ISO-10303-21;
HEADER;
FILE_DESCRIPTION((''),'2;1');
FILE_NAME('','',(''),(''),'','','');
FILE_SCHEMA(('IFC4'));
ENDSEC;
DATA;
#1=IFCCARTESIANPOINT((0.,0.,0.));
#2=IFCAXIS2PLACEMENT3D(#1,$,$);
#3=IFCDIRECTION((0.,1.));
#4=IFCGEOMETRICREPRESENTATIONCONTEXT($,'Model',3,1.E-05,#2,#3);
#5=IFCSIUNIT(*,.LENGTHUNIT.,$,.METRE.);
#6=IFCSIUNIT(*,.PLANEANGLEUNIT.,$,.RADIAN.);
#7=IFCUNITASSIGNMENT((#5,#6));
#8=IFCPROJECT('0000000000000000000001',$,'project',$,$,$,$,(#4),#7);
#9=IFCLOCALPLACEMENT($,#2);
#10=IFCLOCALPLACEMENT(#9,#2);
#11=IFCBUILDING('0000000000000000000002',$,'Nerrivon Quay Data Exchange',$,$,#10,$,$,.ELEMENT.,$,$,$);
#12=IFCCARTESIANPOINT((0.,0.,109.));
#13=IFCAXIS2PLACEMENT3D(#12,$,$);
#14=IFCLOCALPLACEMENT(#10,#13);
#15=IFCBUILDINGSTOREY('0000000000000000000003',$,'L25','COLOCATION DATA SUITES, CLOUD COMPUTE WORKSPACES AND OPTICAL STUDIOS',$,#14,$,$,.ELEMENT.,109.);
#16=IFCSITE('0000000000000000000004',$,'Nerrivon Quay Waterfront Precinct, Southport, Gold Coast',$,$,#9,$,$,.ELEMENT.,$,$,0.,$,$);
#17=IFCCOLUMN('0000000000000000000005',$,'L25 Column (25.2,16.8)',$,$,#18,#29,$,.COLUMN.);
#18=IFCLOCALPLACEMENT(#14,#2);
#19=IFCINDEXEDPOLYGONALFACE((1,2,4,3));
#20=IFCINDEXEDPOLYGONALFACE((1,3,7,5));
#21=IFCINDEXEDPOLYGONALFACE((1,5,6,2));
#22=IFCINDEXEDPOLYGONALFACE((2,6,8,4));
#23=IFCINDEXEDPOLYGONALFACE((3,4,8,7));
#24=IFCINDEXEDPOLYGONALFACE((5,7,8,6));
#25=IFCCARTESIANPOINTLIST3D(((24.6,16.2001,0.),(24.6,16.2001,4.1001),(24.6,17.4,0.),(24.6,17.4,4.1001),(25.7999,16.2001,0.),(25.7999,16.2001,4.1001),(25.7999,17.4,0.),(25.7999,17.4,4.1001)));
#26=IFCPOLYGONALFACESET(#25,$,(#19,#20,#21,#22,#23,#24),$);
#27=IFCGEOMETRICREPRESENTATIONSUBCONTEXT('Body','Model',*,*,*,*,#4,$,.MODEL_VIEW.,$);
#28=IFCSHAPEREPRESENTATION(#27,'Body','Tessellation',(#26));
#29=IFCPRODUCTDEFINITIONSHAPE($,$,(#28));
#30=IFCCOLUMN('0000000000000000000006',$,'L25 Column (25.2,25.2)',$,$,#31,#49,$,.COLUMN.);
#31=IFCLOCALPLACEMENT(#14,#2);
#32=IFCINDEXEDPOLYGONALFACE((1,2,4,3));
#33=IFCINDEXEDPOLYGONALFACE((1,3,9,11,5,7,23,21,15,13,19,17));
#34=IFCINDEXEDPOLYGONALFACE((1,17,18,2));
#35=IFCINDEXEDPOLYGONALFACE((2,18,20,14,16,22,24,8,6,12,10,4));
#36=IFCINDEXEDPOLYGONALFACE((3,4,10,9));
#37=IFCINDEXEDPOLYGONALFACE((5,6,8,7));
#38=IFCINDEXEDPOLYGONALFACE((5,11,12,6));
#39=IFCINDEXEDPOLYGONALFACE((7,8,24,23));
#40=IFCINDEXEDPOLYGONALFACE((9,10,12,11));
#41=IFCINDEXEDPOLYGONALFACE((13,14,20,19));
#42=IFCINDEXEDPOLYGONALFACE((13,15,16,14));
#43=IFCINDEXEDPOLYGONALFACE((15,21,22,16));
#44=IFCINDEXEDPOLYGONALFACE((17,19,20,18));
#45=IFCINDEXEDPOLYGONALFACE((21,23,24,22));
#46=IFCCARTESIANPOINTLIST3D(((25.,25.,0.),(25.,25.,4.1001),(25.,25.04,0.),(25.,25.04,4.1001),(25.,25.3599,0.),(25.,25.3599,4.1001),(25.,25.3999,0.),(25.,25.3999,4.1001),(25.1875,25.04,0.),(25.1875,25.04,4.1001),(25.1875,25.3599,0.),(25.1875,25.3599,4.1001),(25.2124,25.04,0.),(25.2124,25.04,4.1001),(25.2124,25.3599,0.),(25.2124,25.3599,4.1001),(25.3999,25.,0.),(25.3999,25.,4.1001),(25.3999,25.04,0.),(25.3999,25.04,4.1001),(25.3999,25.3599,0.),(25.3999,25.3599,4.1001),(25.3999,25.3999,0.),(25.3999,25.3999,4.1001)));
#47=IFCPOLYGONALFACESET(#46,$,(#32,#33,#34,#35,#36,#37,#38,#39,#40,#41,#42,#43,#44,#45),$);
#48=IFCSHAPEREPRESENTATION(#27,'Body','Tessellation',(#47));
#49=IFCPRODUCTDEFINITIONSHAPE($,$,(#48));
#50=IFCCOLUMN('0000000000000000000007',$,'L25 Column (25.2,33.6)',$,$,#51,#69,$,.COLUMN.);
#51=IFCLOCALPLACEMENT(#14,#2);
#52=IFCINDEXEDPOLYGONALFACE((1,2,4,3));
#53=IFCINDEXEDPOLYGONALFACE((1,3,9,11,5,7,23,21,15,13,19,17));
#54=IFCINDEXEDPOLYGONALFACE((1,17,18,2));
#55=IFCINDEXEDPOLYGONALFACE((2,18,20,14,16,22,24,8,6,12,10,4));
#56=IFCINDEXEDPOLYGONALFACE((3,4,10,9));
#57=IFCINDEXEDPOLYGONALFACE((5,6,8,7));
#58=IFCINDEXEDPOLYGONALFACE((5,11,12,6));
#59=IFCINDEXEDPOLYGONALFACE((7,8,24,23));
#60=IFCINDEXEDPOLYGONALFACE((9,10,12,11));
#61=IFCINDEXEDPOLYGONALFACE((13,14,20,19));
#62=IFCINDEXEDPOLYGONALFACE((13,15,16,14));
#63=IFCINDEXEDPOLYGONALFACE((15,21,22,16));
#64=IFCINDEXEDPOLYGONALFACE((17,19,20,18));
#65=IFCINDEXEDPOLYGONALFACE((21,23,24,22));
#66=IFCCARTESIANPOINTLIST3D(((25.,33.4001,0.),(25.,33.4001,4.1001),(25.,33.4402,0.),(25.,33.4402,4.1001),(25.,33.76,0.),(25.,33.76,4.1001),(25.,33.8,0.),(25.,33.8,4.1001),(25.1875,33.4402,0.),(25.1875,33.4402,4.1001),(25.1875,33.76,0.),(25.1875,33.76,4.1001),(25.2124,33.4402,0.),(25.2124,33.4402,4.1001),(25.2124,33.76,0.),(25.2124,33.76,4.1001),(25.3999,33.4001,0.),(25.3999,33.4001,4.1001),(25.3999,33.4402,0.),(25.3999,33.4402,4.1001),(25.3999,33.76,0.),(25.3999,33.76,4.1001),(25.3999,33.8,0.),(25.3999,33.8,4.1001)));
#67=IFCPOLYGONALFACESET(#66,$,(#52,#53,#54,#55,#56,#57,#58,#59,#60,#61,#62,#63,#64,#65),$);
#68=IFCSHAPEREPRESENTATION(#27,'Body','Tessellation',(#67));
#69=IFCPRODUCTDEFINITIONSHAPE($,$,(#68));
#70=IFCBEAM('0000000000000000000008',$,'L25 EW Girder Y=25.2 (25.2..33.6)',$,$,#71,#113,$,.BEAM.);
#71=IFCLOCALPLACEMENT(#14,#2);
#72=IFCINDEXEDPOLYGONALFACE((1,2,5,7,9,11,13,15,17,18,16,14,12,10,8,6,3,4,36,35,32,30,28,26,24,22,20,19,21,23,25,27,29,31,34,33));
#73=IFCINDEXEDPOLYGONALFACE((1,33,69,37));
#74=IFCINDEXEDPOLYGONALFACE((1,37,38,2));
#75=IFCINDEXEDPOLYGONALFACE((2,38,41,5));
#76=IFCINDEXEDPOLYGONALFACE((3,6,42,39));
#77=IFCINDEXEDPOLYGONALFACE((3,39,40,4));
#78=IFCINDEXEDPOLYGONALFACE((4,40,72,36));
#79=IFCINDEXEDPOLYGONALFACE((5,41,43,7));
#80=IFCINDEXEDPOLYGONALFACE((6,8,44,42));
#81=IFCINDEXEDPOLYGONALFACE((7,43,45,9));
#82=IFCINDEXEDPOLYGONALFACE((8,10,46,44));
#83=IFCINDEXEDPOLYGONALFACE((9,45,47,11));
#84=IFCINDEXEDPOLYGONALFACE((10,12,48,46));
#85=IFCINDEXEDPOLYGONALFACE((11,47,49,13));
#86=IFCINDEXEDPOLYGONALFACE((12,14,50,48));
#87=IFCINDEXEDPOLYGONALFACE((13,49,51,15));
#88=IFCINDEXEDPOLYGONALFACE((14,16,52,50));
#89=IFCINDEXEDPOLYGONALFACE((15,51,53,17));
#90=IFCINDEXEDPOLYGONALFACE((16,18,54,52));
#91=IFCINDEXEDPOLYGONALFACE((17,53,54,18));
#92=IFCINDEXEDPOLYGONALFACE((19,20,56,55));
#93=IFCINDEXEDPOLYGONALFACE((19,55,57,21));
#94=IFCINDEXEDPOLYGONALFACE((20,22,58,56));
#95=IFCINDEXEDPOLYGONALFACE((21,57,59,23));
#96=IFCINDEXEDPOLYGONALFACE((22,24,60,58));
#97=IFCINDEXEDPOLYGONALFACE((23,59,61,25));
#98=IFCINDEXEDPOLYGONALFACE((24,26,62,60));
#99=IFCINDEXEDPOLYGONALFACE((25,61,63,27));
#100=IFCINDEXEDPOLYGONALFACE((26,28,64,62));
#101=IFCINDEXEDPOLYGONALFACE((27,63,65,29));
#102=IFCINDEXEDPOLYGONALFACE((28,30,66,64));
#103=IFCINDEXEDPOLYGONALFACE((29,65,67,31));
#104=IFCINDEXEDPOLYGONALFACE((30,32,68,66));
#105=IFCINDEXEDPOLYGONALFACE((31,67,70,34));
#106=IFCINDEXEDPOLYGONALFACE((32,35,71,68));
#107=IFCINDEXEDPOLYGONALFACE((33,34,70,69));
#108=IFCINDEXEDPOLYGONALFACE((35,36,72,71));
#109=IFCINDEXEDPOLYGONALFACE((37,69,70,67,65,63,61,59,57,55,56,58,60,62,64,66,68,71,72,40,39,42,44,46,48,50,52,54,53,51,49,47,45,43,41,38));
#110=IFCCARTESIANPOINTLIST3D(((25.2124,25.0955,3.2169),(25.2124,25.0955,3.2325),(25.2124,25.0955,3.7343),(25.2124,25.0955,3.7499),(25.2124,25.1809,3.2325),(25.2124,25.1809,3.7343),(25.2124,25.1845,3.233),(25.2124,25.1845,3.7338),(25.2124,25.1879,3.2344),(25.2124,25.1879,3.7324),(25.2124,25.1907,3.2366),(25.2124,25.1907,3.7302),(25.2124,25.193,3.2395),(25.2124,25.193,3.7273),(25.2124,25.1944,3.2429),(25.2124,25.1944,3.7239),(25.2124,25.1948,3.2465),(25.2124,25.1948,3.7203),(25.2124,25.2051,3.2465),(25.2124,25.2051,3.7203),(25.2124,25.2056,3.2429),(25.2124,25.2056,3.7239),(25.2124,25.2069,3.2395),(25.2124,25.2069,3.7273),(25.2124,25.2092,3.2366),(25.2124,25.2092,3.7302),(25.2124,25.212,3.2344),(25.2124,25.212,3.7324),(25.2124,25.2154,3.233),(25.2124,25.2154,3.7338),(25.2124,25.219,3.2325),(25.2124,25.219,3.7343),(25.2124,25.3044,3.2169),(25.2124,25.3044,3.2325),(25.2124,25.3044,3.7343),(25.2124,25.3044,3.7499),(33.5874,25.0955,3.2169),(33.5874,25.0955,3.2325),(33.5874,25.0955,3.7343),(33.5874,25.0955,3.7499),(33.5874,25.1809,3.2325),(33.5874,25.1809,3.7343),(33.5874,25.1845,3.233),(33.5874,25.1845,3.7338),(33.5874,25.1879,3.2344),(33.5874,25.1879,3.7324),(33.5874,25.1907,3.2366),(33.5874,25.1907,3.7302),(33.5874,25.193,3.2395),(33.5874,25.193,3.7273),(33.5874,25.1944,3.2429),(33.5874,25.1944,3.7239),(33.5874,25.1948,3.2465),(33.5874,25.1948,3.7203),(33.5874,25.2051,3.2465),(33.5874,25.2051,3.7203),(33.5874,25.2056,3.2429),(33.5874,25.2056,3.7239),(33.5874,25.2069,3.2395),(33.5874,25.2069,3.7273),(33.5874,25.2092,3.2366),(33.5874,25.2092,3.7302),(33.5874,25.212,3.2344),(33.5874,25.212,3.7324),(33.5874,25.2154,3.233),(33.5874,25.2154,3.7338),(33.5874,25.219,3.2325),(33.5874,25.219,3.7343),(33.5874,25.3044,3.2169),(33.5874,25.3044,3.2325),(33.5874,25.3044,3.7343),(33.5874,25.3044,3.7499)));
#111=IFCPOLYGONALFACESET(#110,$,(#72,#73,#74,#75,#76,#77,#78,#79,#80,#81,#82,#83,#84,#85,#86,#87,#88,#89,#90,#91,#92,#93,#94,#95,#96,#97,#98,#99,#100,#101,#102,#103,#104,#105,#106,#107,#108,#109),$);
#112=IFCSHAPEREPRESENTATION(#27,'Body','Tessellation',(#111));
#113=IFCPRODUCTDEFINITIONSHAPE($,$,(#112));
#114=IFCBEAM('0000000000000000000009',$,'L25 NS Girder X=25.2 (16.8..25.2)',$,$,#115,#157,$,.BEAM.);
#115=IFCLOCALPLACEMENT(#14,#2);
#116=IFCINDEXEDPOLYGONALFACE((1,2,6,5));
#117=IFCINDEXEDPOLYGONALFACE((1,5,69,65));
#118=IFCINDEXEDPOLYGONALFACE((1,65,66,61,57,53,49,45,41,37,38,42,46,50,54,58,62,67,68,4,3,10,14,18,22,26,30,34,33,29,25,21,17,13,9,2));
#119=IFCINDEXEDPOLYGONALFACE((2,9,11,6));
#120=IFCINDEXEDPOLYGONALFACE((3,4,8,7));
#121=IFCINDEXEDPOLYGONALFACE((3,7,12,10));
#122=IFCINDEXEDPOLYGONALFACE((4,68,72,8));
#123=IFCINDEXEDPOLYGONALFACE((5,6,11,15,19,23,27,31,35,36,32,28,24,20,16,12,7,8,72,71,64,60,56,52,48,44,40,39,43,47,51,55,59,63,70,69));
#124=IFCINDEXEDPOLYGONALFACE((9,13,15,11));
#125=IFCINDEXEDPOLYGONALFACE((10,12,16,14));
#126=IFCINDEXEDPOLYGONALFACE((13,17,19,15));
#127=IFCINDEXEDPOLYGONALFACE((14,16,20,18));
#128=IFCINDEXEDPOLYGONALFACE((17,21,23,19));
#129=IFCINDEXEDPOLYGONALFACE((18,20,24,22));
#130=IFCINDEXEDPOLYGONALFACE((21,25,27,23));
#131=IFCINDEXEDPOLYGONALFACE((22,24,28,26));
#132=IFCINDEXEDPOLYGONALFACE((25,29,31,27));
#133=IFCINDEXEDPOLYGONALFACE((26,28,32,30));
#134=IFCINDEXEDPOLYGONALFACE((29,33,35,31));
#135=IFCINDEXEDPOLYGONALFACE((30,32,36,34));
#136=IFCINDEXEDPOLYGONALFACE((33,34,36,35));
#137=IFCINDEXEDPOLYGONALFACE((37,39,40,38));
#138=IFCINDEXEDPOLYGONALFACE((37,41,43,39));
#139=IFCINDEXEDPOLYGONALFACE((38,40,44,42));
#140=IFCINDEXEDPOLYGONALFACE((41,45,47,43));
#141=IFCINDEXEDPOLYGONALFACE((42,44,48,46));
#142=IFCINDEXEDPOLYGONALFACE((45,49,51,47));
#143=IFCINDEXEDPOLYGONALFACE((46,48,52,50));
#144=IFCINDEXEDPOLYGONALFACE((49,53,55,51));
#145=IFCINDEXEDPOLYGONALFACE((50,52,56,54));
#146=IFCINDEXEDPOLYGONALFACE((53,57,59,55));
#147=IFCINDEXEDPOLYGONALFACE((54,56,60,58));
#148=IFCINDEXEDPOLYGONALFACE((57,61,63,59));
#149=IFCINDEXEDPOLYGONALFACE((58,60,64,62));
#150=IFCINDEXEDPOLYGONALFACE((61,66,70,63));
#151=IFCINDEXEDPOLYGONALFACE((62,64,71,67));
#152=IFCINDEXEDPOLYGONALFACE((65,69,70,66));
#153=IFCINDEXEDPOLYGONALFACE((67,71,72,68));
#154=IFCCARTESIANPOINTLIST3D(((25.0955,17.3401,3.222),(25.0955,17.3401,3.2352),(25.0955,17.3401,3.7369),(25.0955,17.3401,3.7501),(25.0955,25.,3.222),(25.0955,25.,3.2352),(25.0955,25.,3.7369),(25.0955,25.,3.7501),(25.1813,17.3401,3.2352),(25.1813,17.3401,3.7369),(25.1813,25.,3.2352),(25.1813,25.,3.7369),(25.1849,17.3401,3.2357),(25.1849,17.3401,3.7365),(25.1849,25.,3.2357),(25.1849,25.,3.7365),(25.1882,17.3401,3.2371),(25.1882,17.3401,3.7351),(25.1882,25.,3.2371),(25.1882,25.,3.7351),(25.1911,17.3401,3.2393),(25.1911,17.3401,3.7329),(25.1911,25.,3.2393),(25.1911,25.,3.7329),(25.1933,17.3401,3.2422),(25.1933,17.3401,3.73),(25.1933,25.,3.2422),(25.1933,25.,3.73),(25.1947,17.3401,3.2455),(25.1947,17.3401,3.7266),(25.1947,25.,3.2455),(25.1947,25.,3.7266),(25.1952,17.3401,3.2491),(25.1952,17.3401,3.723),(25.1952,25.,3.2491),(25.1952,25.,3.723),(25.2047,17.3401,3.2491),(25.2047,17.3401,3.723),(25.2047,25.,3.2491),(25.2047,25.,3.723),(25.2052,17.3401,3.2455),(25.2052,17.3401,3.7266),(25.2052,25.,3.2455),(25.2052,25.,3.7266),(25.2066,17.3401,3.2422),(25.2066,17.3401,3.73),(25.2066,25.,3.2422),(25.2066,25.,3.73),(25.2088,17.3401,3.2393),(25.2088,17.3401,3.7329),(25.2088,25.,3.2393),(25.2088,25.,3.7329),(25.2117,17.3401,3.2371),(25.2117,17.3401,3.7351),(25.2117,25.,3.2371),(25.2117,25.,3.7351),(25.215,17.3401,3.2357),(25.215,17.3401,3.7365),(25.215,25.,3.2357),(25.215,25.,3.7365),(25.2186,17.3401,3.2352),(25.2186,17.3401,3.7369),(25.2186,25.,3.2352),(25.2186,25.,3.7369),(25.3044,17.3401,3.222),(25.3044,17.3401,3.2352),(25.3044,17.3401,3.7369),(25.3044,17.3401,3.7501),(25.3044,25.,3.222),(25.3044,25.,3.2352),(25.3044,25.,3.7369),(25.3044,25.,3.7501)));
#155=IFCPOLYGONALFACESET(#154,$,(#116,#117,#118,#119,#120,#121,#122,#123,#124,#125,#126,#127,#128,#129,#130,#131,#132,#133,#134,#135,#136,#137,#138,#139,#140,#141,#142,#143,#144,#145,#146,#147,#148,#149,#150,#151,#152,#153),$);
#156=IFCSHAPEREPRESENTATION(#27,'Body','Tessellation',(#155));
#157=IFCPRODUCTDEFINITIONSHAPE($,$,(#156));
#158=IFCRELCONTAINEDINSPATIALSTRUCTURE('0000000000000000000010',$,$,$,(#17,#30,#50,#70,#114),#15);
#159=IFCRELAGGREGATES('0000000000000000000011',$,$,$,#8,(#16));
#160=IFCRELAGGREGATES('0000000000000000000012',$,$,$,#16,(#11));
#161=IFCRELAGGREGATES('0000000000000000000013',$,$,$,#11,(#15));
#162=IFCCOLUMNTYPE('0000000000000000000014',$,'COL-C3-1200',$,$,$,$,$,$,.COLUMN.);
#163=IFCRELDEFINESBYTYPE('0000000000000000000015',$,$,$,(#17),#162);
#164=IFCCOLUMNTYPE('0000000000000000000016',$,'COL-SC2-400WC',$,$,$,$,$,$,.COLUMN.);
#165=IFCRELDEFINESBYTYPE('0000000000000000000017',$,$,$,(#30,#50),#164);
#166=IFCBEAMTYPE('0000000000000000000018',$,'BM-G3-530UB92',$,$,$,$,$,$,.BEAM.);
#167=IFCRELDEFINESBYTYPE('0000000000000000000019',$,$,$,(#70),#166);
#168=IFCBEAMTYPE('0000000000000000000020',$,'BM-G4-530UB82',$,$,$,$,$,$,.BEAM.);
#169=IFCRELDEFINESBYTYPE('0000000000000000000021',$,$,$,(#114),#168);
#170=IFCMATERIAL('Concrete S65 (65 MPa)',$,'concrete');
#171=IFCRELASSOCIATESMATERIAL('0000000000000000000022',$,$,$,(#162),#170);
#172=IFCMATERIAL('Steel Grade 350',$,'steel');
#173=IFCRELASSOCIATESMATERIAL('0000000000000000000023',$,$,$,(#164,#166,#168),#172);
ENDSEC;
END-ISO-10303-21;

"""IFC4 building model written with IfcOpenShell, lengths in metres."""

from ifc_helpers import new_model, si_unit, direction, frame, origin, origin_2d, place, context, subcontext, project, spatial, rectangle, i_section, extrude, material, material_profile, profile_set, type_object, element, save


model = new_model("IFC4")

# Units and contexts
model_context = context("Model", 3, precision=1e-05, world=origin(), true_north=direction((0.0, 1.0)))
body_context = subcontext(model_context, "Body", "Model", "MODEL_VIEW")
ifc_project = project(units=[si_unit("LENGTHUNIT", "METRE"), si_unit("PLANEANGLEUNIT", "RADIAN")], contexts=[model_context])

# Site, building, storey
site_placement = place(None, origin())
site = spatial("IfcSite", under=ifc_project, at=site_placement, Name="Nerrivon Quay Waterfront Precinct, Southport, Gold Coast", CompositionType="ELEMENT", RefElevation=0.0)
building_placement = place(site_placement, origin())
building = spatial("IfcBuilding", under=site, at=building_placement, Name="Nerrivon Quay Data Exchange", CompositionType="ELEMENT")
storey_placement = place(building_placement, frame((0.0, 0.0, 109.0)))
storey = spatial("IfcBuildingStorey", under=building, at=storey_placement, Name="L25", Description="COLOCATION DATA SUITES, CLOUD COMPUTE WORKSPACES AND OPTICAL STUDIOS", CompositionType="ELEMENT", Elevation=109.0)

# Columns
ifc_material_1 = material(Name="Concrete S65 (65 MPa)", Category="concrete")
ifc_material_profile_1 = material_profile(ifc_material_1, rectangle(XDim=1.2, YDim=1.2, at=origin_2d()), Name="RC-COL-1200x1200")
ifc_profile_set_1 = profile_set([ifc_material_profile_1], Name="Concrete S65 (65 MPa)")
column_type_1 = type_object("IfcColumnType", Name="COL-C3-1200", PredefinedType="COLUMN", material=ifc_profile_set_1)
column_placement = place(storey_placement, frame((25.2, 16.8, 0.0), z_axis=(0.0, 0.0, 1.0), x_axis=(1.0, 0.0, 0.0)))
element("IfcColumn", 1, at=column_placement, inside=storey, type_object=column_type_1, Name="L25 Column (25.2,16.8)", PredefinedType="COLUMN", context=body_context, shape_type="SweptSolid", body=[
    extrude(rectangle(XDim=1.2, YDim=1.2, at=origin_2d()), origin(), (0.0, 0.0, 1.0), 4.1001),
])
ifc_material_2 = material(Name="Steel Grade 350", Category="steel")
ifc_material_profile_2 = material_profile(ifc_material_2, i_section(OverallWidth=0.3999, OverallDepth=0.3999, WebThickness=0.0249, FlangeThickness=0.04, at=origin_2d()), Name="400WC328")
ifc_profile_set_2 = profile_set([ifc_material_profile_2], Name="Steel Grade 350")
column_type_2 = type_object("IfcColumnType", Name="COL-SC2-400WC", PredefinedType="COLUMN", material=ifc_profile_set_2)
for number, where, z_axis, x_axis, name in (
    (2, (25.2, 25.2, 0.0), (0.0, 0.0, 1.0), (1.0, 0.0, 0.0), "L25 Column (25.2,25.2)"),
    (3, (25.2, 33.6001, 0.0), (0.0, 0.0, 1.0), (1.0, 0.0, 0.0), "L25 Column (25.2,33.6)"),
):
    element("IfcColumn", number, at=place(storey_placement, frame(where, z_axis=z_axis, x_axis=x_axis)), inside=storey, type_object=column_type_2, Name=name, PredefinedType="COLUMN", context=body_context, shape_type="SweptSolid", body=[
        extrude(i_section(OverallWidth=0.3999, OverallDepth=0.3999, WebThickness=0.0249, FlangeThickness=0.04, at=origin_2d()), origin(), (0.0, 0.0, 1.0), 4.1001),
    ])

# Beams
ifc_material_profile_3 = material_profile(ifc_material_2, i_section(OverallWidth=0.209, OverallDepth=0.533, WebThickness=0.0103, FlangeThickness=0.0156, FilletRadius=0.0139, at=origin_2d()), Name="530UB92.4")
ifc_profile_set_3 = profile_set([ifc_material_profile_3], Name="Steel Grade 350")
beam_type_1 = type_object("IfcBeamType", Name="BM-G3-530UB92", PredefinedType="BEAM", material=ifc_profile_set_3)
beam_1_placement = place(storey_placement, frame((25.2124, 25.2, 3.4834), z_axis=(1.0, 0.0, 0.0), x_axis=(0.0, 1.0, 0.0)))
element("IfcBeam", 4, at=beam_1_placement, inside=storey, type_object=beam_type_1, Name="L25 EW Girder Y=25.2 (25.2..33.6)", PredefinedType="BEAM", context=body_context, shape_type="SweptSolid", body=[
    extrude(i_section(OverallWidth=0.209, OverallDepth=0.533, WebThickness=0.0103, FlangeThickness=0.0156, FilletRadius=0.0139, at=origin_2d()), origin(), (0.0, 0.0, 1.0), 8.375),
])
ifc_material_profile_4 = material_profile(ifc_material_2, i_section(OverallWidth=0.209, OverallDepth=0.5281, WebThickness=0.0095, FlangeThickness=0.0132, FilletRadius=0.0139, at=origin_2d()), Name="530UB82.0")
ifc_profile_set_4 = profile_set([ifc_material_profile_4], Name="Steel Grade 350")
beam_type_2 = type_object("IfcBeamType", Name="BM-G4-530UB82", PredefinedType="BEAM", material=ifc_profile_set_4)
beam_2_placement = place(storey_placement, frame((25.2, 17.3401, 3.4861), z_axis=(0.0, 1.0, 0.0), x_axis=(-1.0, 0.0, 0.0)))
element("IfcBeam", 5, at=beam_2_placement, inside=storey, type_object=beam_type_2, Name="L25 NS Girder X=25.2 (16.8..25.2)", PredefinedType="BEAM", context=body_context, shape_type="SweptSolid", body=[
    extrude(i_section(OverallWidth=0.209, OverallDepth=0.5281, WebThickness=0.0095, FlangeThickness=0.0132, FilletRadius=0.0139, at=origin_2d()), origin(), (0.0, 0.0, 1.0), 7.6599),
])

save(model, "model.ifc")
